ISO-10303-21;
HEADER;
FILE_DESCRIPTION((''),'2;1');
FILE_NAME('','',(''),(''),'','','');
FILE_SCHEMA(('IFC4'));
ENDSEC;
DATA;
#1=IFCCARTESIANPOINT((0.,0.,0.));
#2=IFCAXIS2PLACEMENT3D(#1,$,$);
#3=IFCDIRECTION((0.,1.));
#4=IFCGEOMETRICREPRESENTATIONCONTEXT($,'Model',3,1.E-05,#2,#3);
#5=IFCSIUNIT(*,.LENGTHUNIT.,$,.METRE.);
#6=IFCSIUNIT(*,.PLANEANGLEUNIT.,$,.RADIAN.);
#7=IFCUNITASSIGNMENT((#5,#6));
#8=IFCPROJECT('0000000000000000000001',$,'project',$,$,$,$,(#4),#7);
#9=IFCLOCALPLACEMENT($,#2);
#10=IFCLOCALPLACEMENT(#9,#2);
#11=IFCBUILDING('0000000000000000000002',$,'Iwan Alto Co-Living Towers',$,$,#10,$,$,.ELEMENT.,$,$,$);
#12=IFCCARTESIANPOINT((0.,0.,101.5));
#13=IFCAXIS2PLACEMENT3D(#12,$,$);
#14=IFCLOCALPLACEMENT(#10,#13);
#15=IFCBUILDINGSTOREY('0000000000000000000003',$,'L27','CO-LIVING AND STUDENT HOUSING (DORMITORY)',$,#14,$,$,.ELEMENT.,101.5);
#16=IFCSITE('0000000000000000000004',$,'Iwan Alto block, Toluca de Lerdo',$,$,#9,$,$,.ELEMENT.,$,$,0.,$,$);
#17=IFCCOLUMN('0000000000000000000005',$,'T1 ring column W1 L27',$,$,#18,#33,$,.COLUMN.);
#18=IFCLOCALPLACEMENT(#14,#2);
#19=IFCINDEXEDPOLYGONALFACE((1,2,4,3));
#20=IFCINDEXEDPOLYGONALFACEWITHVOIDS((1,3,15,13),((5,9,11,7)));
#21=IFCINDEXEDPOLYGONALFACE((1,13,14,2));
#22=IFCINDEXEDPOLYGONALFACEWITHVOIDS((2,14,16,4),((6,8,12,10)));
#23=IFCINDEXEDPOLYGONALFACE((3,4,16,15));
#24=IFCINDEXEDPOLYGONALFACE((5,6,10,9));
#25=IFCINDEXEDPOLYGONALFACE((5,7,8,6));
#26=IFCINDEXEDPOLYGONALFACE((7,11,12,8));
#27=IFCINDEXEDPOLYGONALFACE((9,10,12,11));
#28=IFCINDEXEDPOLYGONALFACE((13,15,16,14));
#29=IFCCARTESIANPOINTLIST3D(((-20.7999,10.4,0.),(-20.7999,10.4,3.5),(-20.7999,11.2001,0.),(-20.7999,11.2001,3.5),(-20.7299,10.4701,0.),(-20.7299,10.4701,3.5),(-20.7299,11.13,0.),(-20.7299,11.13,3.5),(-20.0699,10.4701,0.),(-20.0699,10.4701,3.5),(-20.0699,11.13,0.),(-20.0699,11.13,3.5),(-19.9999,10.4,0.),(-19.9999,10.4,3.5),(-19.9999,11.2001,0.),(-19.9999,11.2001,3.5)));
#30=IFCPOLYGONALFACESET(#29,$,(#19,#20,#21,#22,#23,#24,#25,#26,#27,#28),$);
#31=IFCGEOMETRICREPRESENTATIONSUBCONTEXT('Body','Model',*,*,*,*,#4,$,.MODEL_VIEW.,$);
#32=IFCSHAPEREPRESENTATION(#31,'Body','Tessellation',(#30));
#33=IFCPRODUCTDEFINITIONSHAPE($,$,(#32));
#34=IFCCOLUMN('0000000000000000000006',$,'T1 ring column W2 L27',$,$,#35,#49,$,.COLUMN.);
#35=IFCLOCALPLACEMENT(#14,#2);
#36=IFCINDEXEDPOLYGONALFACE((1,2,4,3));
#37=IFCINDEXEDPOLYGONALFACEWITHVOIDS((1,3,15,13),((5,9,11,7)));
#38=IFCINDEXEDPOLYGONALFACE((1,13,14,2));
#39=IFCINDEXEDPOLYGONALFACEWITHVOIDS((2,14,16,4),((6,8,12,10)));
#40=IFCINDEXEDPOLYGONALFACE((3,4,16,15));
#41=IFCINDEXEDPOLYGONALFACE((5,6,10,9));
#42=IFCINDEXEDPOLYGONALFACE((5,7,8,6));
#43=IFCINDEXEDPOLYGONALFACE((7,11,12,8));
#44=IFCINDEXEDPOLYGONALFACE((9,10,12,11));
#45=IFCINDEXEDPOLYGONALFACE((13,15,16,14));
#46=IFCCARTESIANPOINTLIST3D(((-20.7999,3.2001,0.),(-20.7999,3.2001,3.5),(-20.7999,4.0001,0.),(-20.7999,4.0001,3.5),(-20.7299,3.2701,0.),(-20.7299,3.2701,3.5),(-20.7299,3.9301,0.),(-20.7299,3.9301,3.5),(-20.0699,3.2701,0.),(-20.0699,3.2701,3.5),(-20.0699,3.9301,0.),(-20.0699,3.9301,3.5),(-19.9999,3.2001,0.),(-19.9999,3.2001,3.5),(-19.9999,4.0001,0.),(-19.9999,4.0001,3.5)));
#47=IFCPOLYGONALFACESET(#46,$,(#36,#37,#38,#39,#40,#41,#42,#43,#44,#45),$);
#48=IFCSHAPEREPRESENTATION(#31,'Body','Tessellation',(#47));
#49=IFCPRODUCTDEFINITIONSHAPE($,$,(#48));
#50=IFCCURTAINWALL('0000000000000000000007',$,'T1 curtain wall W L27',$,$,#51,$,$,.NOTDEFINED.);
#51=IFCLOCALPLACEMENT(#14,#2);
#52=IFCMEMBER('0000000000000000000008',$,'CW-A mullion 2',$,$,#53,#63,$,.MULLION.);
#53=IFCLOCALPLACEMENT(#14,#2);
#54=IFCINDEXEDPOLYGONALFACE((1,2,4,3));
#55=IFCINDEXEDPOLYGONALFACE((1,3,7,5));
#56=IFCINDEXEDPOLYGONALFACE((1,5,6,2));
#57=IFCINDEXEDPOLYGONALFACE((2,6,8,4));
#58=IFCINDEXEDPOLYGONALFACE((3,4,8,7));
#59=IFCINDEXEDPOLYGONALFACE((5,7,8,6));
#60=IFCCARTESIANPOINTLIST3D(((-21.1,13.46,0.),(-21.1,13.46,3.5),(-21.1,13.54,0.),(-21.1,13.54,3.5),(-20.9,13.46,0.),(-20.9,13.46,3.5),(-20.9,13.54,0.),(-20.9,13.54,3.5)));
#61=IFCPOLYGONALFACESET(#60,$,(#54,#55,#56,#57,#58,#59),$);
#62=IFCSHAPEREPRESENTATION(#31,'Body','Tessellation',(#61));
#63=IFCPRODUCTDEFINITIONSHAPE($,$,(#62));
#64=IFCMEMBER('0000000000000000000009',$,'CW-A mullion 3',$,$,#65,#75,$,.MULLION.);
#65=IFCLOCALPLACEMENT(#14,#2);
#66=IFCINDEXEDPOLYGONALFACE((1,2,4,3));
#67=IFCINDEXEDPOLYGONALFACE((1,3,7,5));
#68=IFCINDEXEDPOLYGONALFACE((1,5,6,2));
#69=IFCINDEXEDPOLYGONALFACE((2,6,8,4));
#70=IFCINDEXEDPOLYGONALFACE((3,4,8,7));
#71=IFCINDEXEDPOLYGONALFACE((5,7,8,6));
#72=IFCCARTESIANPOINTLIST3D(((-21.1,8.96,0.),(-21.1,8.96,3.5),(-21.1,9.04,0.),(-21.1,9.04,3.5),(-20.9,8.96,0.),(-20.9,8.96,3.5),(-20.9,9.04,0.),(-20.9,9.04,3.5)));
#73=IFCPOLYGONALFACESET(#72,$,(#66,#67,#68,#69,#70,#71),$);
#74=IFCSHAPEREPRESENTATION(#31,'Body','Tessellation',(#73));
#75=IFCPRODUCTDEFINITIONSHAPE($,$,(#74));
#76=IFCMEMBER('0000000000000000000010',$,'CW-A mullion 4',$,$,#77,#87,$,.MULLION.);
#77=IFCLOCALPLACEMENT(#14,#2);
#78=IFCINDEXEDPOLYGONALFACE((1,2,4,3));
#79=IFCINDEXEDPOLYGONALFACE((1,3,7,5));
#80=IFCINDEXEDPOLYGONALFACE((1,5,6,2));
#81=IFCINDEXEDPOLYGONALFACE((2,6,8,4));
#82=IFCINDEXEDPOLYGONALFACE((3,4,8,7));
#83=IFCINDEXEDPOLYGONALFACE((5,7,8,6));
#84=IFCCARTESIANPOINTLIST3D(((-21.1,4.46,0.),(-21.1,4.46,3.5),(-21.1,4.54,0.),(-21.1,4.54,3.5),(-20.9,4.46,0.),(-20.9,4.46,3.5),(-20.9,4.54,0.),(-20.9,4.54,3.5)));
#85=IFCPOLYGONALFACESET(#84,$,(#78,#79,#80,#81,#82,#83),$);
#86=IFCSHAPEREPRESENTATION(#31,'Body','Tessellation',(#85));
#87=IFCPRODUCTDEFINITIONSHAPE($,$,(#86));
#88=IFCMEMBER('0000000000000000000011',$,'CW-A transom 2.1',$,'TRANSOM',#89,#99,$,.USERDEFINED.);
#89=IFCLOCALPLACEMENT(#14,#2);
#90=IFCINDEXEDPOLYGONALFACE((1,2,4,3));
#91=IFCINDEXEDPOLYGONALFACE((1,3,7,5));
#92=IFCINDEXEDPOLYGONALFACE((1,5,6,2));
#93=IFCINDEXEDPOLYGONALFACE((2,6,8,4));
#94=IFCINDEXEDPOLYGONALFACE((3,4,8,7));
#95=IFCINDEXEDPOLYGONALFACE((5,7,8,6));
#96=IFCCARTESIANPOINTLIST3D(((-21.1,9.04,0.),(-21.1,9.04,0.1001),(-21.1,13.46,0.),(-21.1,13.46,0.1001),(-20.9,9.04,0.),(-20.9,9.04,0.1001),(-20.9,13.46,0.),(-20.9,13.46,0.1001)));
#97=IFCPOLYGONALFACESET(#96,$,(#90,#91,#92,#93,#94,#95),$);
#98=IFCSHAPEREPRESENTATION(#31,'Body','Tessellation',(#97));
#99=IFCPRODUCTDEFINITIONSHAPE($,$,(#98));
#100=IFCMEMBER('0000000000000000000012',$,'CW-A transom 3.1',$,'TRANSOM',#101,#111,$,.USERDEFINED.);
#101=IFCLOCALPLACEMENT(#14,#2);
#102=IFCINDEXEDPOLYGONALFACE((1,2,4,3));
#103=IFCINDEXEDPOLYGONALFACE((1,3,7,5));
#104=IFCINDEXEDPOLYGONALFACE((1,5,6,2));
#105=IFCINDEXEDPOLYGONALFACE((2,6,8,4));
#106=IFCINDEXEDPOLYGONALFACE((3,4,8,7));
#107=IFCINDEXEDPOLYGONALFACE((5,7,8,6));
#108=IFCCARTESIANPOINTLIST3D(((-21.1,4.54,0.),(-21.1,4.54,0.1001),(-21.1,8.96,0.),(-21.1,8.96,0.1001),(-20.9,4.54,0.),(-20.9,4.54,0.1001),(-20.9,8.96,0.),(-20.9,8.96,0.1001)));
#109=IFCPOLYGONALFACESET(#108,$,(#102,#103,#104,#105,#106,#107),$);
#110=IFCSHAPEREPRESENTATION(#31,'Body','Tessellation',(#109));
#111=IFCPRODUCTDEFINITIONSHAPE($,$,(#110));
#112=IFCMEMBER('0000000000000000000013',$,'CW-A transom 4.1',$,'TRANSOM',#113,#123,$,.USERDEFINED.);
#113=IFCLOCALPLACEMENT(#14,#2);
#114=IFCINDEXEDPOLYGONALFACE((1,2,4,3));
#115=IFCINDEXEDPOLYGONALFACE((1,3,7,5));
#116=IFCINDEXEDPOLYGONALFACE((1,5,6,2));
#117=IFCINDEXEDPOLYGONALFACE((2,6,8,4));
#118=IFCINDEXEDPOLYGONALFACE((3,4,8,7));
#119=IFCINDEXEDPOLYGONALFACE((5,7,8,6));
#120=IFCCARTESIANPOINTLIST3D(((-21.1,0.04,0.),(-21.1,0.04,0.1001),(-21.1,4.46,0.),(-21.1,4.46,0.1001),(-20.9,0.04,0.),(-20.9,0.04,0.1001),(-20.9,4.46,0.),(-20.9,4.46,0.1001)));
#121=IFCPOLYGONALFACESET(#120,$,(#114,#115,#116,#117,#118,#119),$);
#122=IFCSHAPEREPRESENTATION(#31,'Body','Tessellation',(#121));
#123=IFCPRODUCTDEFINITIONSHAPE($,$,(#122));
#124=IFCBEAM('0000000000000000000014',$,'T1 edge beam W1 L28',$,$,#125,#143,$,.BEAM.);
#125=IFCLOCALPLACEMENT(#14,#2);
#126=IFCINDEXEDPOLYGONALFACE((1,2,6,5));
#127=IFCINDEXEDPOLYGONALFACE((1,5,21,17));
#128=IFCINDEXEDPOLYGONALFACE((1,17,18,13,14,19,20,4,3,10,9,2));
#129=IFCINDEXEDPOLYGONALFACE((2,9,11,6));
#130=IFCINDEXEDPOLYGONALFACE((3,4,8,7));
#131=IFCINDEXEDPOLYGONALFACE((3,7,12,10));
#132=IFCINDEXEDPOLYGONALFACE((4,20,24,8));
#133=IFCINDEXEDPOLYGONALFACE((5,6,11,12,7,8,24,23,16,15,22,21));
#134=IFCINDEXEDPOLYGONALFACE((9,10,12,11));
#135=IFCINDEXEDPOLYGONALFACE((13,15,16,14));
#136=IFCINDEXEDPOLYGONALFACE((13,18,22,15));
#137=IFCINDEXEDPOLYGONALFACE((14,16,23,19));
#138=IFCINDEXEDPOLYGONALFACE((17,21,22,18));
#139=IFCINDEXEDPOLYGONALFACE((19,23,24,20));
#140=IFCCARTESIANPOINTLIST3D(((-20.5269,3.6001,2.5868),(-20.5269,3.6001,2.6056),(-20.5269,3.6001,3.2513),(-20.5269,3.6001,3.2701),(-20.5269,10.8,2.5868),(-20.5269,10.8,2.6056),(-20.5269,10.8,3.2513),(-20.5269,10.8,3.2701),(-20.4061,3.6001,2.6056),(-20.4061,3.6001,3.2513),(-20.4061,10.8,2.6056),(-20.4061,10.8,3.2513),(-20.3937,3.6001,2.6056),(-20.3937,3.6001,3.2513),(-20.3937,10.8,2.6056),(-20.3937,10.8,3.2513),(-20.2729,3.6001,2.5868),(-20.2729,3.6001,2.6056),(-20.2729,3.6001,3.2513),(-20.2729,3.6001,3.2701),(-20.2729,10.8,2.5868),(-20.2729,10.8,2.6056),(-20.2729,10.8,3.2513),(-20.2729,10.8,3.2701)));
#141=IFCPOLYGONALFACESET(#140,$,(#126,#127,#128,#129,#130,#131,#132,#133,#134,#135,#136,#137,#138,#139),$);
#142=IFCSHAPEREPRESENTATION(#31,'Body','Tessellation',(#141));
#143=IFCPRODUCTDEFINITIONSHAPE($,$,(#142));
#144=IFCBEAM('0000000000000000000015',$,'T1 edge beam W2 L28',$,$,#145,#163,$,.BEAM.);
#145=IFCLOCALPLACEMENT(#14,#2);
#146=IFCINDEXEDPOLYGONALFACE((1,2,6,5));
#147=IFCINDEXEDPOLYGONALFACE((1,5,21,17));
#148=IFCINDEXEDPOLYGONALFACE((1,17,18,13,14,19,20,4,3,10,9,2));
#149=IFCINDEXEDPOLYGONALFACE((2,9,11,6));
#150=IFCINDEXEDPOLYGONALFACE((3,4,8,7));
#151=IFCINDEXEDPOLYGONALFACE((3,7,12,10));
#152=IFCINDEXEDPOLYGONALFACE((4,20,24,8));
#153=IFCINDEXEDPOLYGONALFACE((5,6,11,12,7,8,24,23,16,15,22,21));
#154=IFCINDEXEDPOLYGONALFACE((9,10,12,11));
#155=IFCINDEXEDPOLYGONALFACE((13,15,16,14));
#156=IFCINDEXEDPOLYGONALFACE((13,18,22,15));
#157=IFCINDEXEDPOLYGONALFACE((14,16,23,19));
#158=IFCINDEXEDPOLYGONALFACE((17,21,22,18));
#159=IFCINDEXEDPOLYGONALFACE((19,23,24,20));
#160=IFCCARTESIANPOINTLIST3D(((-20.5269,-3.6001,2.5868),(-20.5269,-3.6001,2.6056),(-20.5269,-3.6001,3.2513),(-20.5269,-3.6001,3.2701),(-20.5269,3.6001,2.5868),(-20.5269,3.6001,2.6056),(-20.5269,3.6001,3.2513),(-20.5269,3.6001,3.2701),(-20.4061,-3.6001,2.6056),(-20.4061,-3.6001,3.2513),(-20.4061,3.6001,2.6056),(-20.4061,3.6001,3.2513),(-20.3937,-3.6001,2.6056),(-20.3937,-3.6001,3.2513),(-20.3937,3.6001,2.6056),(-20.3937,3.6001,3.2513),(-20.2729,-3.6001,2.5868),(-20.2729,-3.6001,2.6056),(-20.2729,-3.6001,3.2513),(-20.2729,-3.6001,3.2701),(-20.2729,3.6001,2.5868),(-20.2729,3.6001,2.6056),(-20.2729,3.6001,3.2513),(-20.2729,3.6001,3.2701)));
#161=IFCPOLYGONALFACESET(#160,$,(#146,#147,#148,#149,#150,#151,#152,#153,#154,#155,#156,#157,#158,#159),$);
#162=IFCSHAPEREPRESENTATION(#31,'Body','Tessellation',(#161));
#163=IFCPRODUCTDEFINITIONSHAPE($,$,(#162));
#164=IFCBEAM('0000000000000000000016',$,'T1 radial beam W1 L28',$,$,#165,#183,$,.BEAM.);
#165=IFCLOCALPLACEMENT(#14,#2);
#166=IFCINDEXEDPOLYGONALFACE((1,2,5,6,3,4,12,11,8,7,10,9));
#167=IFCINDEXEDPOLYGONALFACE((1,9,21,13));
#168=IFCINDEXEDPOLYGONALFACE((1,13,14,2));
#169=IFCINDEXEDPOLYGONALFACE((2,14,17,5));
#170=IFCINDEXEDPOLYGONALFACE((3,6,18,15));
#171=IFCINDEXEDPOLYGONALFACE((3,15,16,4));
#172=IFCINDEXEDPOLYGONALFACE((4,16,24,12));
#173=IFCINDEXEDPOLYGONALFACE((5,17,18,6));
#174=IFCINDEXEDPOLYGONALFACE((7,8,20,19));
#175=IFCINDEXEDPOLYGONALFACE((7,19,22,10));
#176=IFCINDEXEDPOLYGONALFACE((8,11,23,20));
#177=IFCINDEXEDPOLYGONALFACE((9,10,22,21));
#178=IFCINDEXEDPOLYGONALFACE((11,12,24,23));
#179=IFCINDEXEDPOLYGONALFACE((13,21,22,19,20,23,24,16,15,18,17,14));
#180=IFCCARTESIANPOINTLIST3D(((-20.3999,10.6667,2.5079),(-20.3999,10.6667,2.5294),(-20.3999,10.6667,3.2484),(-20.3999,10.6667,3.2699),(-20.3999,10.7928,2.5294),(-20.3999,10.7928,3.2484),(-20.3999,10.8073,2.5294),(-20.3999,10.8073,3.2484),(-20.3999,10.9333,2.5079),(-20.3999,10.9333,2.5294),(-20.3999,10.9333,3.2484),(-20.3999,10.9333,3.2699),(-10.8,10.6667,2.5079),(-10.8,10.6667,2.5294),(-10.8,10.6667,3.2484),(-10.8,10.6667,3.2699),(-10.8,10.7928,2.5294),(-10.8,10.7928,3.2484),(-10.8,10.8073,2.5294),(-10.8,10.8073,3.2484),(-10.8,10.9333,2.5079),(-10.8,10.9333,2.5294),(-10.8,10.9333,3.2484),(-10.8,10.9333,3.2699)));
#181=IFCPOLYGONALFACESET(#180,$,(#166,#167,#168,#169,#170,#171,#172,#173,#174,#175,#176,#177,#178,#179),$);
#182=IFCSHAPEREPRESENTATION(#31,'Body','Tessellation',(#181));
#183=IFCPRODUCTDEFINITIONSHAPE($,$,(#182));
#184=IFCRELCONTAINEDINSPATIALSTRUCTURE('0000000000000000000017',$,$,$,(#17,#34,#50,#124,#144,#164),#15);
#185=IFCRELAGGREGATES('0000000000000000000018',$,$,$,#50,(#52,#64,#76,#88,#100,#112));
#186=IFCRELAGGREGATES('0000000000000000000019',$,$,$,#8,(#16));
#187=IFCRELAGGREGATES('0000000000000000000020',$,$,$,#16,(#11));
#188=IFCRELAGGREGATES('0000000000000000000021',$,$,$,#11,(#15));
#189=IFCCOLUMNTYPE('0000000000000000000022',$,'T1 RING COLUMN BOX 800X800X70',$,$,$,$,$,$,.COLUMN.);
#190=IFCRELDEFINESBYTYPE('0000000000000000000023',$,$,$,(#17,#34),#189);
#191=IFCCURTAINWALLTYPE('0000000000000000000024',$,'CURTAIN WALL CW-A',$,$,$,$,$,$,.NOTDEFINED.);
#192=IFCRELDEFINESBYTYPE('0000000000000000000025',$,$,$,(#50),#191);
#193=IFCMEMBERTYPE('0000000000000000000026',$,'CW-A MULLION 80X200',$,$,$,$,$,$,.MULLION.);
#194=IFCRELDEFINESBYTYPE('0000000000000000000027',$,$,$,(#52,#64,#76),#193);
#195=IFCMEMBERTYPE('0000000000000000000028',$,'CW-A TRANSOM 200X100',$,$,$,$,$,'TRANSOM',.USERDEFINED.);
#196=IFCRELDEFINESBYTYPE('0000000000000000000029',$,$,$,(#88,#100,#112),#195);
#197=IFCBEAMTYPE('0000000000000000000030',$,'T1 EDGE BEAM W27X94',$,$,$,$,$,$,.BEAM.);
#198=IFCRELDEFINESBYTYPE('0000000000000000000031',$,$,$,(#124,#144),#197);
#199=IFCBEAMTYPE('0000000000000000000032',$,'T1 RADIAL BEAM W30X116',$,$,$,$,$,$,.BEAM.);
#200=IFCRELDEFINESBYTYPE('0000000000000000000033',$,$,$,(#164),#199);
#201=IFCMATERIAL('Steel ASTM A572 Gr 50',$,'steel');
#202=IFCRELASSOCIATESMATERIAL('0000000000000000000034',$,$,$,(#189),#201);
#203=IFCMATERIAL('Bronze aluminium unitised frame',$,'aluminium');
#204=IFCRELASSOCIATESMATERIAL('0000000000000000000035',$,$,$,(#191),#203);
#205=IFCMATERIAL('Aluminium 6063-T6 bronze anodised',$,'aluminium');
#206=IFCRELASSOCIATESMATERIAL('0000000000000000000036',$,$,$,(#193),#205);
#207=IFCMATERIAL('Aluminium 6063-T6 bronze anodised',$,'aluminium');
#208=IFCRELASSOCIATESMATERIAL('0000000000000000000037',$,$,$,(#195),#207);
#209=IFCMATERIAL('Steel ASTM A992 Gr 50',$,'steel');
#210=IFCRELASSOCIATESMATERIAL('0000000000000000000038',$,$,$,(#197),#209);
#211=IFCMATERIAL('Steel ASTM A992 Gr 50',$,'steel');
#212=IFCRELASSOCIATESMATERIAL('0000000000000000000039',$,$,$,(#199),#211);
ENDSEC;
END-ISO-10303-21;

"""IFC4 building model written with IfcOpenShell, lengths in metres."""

from ifc_helpers import new_model, si_unit, direction, frame, origin, origin_2d, place, context, subcontext, project, spatial, rectangle, hollow_rectangle, i_section, extrude, material, material_profile, profile_set, type_object, element, aggregate, save


model = new_model("IFC4")

# Units and contexts
model_context = context("Model", 3, precision=1e-05, world=origin(), true_north=direction((0.0, 1.0)))
body_context = subcontext(model_context, "Body", "Model", "MODEL_VIEW")
ifc_project = project(units=[si_unit("LENGTHUNIT", "METRE"), si_unit("PLANEANGLEUNIT", "RADIAN")], contexts=[model_context])

# Site, building, storey
site_placement = place(None, origin())
site = spatial("IfcSite", under=ifc_project, at=site_placement, Name="Iwan Alto block, Toluca de Lerdo", CompositionType="ELEMENT", RefElevation=0.0)
building_placement = place(site_placement, origin())
building = spatial("IfcBuilding", under=site, at=building_placement, Name="Iwan Alto Co-Living Towers", CompositionType="ELEMENT")
storey_placement = place(building_placement, frame((0.0, 0.0, 101.5)))
storey = spatial("IfcBuildingStorey", under=building, at=storey_placement, Name="L27", Description="CO-LIVING AND STUDENT HOUSING (DORMITORY)", CompositionType="ELEMENT", Elevation=101.5)

# Columns
ifc_material_1 = material(Name="Steel ASTM A572 Gr 50", Category="steel")
ifc_material_profile_1 = material_profile(ifc_material_1, hollow_rectangle(XDim=0.8, YDim=0.8, WallThickness=0.0701, at=origin_2d()), Name="BOX 800X800X70")
ifc_profile_set_1 = profile_set([ifc_material_profile_1], Name="Steel ASTM A572 Gr 50")
column_type = type_object("IfcColumnType", Name="T1 RING COLUMN BOX 800X800X70", PredefinedType="COLUMN", material=ifc_profile_set_1)
for number, where, z_axis, x_axis, name in (
    (1, (-20.3999, 10.8, 0.0), (0.0, 0.0, 1.0), (1.0, 0.0, 0.0), "T1 ring column W1 L27"),
    (2, (-20.3999, 3.6001, 0.0), (0.0, 0.0, 1.0), (1.0, 0.0, 0.0), "T1 ring column W2 L27"),
):
    element("IfcColumn", number, at=place(storey_placement, frame(where, z_axis=z_axis, x_axis=x_axis)), inside=storey, type_object=column_type, Name=name, PredefinedType="COLUMN", context=body_context, shape_type="SweptSolid", body=[
        extrude(hollow_rectangle(XDim=0.8, YDim=0.8, WallThickness=0.0701, at=origin_2d()), origin(), (0.0, 0.0, 1.0), 3.5),
    ])

# Curtain wall, members
ifc_material_2 = material(Name="Bronze aluminium unitised frame", Category="aluminium")
curtain_wall_type = type_object("IfcCurtainWallType", Name="CURTAIN WALL CW-A", PredefinedType="NOTDEFINED", material=ifc_material_2)
curtain_wall_placement = place(storey_placement, origin())
curtain_wall = element("IfcCurtainWall", 3, at=curtain_wall_placement, inside=storey, type_object=curtain_wall_type, Name="T1 curtain wall W L27", PredefinedType="NOTDEFINED")
ifc_material_3 = material(Name="Aluminium 6063-T6 bronze anodised", Category="aluminium")
ifc_material_profile_2 = material_profile(ifc_material_3, rectangle(XDim=0.2, YDim=0.0801, at=origin_2d()), Name="AL 80X200")
ifc_profile_set_2 = profile_set([ifc_material_profile_2], Name="Aluminium 6063-T6 bronze anodised")
member_type_1 = type_object("IfcMemberType", Name="CW-A MULLION 80X200", PredefinedType="MULLION", material=ifc_profile_set_2)
member_1_placement = place(storey_placement, frame((-21.0, 13.5, 0.0), z_axis=(0.0, 0.0, 1.0), x_axis=(1.0, 0.0, 0.0)))
member_1 = element("IfcMember", 4, at=member_1_placement, type_object=member_type_1, Name="CW-A mullion 2", PredefinedType="MULLION", context=body_context, shape_type="SweptSolid", body=[
    extrude(rectangle(XDim=0.2, YDim=0.0801, at=origin_2d()), origin(), (0.0, 0.0, 1.0), 3.5),
])
member_2_placement = place(storey_placement, frame((-21.0, 9.0, 0.0), z_axis=(0.0, 0.0, 1.0), x_axis=(1.0, 0.0, 0.0)))
member_2 = element("IfcMember", 5, at=member_2_placement, type_object=member_type_1, Name="CW-A mullion 3", PredefinedType="MULLION", context=body_context, shape_type="SweptSolid", body=[
    extrude(rectangle(XDim=0.2, YDim=0.0801, at=origin_2d()), origin(), (0.0, 0.0, 1.0), 3.5),
])
member_3_placement = place(storey_placement, frame((-21.0, 4.5, 0.0), z_axis=(0.0, 0.0, 1.0), x_axis=(1.0, 0.0, 0.0)))
member_3 = element("IfcMember", 6, at=member_3_placement, type_object=member_type_1, Name="CW-A mullion 4", PredefinedType="MULLION", context=body_context, shape_type="SweptSolid", body=[
    extrude(rectangle(XDim=0.2, YDim=0.0801, at=origin_2d()), origin(), (0.0, 0.0, 1.0), 3.5),
])
ifc_material_4 = material(Name="Aluminium 6063-T6 bronze anodised", Category="aluminium")
ifc_material_profile_3 = material_profile(ifc_material_4, rectangle(XDim=0.2, YDim=0.1001, at=origin_2d()), Name="AL 200X100")
ifc_profile_set_3 = profile_set([ifc_material_profile_3], Name="Aluminium 6063-T6 bronze anodised")
member_type_2 = type_object("IfcMemberType", Name="CW-A TRANSOM 200X100", ElementType="TRANSOM", PredefinedType="USERDEFINED", material=ifc_profile_set_3)
member_4_placement = place(storey_placement, frame((-21.0, 13.46, 0.05), z_axis=(0.0, -1.0, 0.0), x_axis=(1.0, 0.0, 0.0)))
member_4 = element("IfcMember", 7, at=member_4_placement, type_object=member_type_2, Name="CW-A transom 2.1", ObjectType="TRANSOM", PredefinedType="USERDEFINED", context=body_context, shape_type="SweptSolid", body=[
    extrude(rectangle(XDim=0.2, YDim=0.1001, at=origin_2d()), origin(), (0.0, 0.0, 1.0), 4.4199),
])
member_5_placement = place(storey_placement, frame((-21.0, 8.96, 0.05), z_axis=(0.0, -1.0, 0.0), x_axis=(1.0, 0.0, 0.0)))
member_5 = element("IfcMember", 8, at=member_5_placement, type_object=member_type_2, Name="CW-A transom 3.1", ObjectType="TRANSOM", PredefinedType="USERDEFINED", context=body_context, shape_type="SweptSolid", body=[
    extrude(rectangle(XDim=0.2, YDim=0.1001, at=origin_2d()), origin(), (0.0, 0.0, 1.0), 4.4199),
])
member_6_placement = place(storey_placement, frame((-21.0, 4.46, 0.05), z_axis=(0.0, -1.0, 0.0), x_axis=(1.0, 0.0, 0.0)))
member_6 = element("IfcMember", 9, at=member_6_placement, type_object=member_type_2, Name="CW-A transom 4.1", ObjectType="TRANSOM", PredefinedType="USERDEFINED", context=body_context, shape_type="SweptSolid", body=[
    extrude(rectangle(XDim=0.2, YDim=0.1001, at=origin_2d()), origin(), (0.0, 0.0, 1.0), 4.4199),
])

# Beams
ifc_material_5 = material(Name="Steel ASTM A992 Gr 50", Category="steel")
ifc_material_profile_4 = material_profile(ifc_material_5, i_section(OverallWidth=0.2539, OverallDepth=0.6833, WebThickness=0.0125, FlangeThickness=0.0188, at=origin_2d()), Name="W27X94")
ifc_profile_set_4 = profile_set([ifc_material_profile_4], Name="Steel ASTM A992 Gr 50")
beam_type_1 = type_object("IfcBeamType", Name="T1 EDGE BEAM W27X94", PredefinedType="BEAM", material=ifc_profile_set_4)
beam_1_placement = place(storey_placement, frame((-20.3999, 10.8, 2.9285), z_axis=(0.0, -1.0, 0.0), x_axis=(1.0, 0.0, 0.0)))
element("IfcBeam", 10, at=beam_1_placement, inside=storey, type_object=beam_type_1, Name="T1 edge beam W1 L28", PredefinedType="BEAM", context=body_context, shape_type="SweptSolid", body=[
    extrude(i_section(OverallWidth=0.2539, OverallDepth=0.6833, WebThickness=0.0125, FlangeThickness=0.0188, at=origin_2d()), origin(), (0.0, 0.0, 1.0), 7.2),
])
beam_2_placement = place(storey_placement, frame((-20.3999, 3.6001, 2.9285), z_axis=(0.0, -1.0, 0.0), x_axis=(1.0, 0.0, 0.0)))
element("IfcBeam", 11, at=beam_2_placement, inside=storey, type_object=beam_type_1, Name="T1 edge beam W2 L28", PredefinedType="BEAM", context=body_context, shape_type="SweptSolid", body=[
    extrude(i_section(OverallWidth=0.2539, OverallDepth=0.6833, WebThickness=0.0125, FlangeThickness=0.0188, at=origin_2d()), origin(), (0.0, 0.0, 1.0), 7.2002),
])
ifc_material_6 = material(Name="Steel ASTM A992 Gr 50", Category="steel")
ifc_material_profile_5 = material_profile(ifc_material_6, i_section(OverallWidth=0.2666, OverallDepth=0.762, WebThickness=0.0144, FlangeThickness=0.0215, at=origin_2d()), Name="W30X116")
ifc_profile_set_5 = profile_set([ifc_material_profile_5], Name="Steel ASTM A992 Gr 50")
beam_type_2 = type_object("IfcBeamType", Name="T1 RADIAL BEAM W30X116", PredefinedType="BEAM", material=ifc_profile_set_5)
beam_3_placement = place(storey_placement, frame((-20.3999, 10.8, 2.8889), z_axis=(1.0, 0.0, 0.0), x_axis=(0.0, 1.0, 0.0)))
element("IfcBeam", 12, at=beam_3_placement, inside=storey, type_object=beam_type_2, Name="T1 radial beam W1 L28", PredefinedType="BEAM", context=body_context, shape_type="SweptSolid", body=[
    extrude(i_section(OverallWidth=0.2666, OverallDepth=0.762, WebThickness=0.0144, FlangeThickness=0.0215, at=origin_2d()), origin(), (0.0, 0.0, 1.0), 9.5999),
])

aggregate(curtain_wall, [member_1, member_2, member_3, member_4, member_5, member_6])

save(model, "model.ifc")
